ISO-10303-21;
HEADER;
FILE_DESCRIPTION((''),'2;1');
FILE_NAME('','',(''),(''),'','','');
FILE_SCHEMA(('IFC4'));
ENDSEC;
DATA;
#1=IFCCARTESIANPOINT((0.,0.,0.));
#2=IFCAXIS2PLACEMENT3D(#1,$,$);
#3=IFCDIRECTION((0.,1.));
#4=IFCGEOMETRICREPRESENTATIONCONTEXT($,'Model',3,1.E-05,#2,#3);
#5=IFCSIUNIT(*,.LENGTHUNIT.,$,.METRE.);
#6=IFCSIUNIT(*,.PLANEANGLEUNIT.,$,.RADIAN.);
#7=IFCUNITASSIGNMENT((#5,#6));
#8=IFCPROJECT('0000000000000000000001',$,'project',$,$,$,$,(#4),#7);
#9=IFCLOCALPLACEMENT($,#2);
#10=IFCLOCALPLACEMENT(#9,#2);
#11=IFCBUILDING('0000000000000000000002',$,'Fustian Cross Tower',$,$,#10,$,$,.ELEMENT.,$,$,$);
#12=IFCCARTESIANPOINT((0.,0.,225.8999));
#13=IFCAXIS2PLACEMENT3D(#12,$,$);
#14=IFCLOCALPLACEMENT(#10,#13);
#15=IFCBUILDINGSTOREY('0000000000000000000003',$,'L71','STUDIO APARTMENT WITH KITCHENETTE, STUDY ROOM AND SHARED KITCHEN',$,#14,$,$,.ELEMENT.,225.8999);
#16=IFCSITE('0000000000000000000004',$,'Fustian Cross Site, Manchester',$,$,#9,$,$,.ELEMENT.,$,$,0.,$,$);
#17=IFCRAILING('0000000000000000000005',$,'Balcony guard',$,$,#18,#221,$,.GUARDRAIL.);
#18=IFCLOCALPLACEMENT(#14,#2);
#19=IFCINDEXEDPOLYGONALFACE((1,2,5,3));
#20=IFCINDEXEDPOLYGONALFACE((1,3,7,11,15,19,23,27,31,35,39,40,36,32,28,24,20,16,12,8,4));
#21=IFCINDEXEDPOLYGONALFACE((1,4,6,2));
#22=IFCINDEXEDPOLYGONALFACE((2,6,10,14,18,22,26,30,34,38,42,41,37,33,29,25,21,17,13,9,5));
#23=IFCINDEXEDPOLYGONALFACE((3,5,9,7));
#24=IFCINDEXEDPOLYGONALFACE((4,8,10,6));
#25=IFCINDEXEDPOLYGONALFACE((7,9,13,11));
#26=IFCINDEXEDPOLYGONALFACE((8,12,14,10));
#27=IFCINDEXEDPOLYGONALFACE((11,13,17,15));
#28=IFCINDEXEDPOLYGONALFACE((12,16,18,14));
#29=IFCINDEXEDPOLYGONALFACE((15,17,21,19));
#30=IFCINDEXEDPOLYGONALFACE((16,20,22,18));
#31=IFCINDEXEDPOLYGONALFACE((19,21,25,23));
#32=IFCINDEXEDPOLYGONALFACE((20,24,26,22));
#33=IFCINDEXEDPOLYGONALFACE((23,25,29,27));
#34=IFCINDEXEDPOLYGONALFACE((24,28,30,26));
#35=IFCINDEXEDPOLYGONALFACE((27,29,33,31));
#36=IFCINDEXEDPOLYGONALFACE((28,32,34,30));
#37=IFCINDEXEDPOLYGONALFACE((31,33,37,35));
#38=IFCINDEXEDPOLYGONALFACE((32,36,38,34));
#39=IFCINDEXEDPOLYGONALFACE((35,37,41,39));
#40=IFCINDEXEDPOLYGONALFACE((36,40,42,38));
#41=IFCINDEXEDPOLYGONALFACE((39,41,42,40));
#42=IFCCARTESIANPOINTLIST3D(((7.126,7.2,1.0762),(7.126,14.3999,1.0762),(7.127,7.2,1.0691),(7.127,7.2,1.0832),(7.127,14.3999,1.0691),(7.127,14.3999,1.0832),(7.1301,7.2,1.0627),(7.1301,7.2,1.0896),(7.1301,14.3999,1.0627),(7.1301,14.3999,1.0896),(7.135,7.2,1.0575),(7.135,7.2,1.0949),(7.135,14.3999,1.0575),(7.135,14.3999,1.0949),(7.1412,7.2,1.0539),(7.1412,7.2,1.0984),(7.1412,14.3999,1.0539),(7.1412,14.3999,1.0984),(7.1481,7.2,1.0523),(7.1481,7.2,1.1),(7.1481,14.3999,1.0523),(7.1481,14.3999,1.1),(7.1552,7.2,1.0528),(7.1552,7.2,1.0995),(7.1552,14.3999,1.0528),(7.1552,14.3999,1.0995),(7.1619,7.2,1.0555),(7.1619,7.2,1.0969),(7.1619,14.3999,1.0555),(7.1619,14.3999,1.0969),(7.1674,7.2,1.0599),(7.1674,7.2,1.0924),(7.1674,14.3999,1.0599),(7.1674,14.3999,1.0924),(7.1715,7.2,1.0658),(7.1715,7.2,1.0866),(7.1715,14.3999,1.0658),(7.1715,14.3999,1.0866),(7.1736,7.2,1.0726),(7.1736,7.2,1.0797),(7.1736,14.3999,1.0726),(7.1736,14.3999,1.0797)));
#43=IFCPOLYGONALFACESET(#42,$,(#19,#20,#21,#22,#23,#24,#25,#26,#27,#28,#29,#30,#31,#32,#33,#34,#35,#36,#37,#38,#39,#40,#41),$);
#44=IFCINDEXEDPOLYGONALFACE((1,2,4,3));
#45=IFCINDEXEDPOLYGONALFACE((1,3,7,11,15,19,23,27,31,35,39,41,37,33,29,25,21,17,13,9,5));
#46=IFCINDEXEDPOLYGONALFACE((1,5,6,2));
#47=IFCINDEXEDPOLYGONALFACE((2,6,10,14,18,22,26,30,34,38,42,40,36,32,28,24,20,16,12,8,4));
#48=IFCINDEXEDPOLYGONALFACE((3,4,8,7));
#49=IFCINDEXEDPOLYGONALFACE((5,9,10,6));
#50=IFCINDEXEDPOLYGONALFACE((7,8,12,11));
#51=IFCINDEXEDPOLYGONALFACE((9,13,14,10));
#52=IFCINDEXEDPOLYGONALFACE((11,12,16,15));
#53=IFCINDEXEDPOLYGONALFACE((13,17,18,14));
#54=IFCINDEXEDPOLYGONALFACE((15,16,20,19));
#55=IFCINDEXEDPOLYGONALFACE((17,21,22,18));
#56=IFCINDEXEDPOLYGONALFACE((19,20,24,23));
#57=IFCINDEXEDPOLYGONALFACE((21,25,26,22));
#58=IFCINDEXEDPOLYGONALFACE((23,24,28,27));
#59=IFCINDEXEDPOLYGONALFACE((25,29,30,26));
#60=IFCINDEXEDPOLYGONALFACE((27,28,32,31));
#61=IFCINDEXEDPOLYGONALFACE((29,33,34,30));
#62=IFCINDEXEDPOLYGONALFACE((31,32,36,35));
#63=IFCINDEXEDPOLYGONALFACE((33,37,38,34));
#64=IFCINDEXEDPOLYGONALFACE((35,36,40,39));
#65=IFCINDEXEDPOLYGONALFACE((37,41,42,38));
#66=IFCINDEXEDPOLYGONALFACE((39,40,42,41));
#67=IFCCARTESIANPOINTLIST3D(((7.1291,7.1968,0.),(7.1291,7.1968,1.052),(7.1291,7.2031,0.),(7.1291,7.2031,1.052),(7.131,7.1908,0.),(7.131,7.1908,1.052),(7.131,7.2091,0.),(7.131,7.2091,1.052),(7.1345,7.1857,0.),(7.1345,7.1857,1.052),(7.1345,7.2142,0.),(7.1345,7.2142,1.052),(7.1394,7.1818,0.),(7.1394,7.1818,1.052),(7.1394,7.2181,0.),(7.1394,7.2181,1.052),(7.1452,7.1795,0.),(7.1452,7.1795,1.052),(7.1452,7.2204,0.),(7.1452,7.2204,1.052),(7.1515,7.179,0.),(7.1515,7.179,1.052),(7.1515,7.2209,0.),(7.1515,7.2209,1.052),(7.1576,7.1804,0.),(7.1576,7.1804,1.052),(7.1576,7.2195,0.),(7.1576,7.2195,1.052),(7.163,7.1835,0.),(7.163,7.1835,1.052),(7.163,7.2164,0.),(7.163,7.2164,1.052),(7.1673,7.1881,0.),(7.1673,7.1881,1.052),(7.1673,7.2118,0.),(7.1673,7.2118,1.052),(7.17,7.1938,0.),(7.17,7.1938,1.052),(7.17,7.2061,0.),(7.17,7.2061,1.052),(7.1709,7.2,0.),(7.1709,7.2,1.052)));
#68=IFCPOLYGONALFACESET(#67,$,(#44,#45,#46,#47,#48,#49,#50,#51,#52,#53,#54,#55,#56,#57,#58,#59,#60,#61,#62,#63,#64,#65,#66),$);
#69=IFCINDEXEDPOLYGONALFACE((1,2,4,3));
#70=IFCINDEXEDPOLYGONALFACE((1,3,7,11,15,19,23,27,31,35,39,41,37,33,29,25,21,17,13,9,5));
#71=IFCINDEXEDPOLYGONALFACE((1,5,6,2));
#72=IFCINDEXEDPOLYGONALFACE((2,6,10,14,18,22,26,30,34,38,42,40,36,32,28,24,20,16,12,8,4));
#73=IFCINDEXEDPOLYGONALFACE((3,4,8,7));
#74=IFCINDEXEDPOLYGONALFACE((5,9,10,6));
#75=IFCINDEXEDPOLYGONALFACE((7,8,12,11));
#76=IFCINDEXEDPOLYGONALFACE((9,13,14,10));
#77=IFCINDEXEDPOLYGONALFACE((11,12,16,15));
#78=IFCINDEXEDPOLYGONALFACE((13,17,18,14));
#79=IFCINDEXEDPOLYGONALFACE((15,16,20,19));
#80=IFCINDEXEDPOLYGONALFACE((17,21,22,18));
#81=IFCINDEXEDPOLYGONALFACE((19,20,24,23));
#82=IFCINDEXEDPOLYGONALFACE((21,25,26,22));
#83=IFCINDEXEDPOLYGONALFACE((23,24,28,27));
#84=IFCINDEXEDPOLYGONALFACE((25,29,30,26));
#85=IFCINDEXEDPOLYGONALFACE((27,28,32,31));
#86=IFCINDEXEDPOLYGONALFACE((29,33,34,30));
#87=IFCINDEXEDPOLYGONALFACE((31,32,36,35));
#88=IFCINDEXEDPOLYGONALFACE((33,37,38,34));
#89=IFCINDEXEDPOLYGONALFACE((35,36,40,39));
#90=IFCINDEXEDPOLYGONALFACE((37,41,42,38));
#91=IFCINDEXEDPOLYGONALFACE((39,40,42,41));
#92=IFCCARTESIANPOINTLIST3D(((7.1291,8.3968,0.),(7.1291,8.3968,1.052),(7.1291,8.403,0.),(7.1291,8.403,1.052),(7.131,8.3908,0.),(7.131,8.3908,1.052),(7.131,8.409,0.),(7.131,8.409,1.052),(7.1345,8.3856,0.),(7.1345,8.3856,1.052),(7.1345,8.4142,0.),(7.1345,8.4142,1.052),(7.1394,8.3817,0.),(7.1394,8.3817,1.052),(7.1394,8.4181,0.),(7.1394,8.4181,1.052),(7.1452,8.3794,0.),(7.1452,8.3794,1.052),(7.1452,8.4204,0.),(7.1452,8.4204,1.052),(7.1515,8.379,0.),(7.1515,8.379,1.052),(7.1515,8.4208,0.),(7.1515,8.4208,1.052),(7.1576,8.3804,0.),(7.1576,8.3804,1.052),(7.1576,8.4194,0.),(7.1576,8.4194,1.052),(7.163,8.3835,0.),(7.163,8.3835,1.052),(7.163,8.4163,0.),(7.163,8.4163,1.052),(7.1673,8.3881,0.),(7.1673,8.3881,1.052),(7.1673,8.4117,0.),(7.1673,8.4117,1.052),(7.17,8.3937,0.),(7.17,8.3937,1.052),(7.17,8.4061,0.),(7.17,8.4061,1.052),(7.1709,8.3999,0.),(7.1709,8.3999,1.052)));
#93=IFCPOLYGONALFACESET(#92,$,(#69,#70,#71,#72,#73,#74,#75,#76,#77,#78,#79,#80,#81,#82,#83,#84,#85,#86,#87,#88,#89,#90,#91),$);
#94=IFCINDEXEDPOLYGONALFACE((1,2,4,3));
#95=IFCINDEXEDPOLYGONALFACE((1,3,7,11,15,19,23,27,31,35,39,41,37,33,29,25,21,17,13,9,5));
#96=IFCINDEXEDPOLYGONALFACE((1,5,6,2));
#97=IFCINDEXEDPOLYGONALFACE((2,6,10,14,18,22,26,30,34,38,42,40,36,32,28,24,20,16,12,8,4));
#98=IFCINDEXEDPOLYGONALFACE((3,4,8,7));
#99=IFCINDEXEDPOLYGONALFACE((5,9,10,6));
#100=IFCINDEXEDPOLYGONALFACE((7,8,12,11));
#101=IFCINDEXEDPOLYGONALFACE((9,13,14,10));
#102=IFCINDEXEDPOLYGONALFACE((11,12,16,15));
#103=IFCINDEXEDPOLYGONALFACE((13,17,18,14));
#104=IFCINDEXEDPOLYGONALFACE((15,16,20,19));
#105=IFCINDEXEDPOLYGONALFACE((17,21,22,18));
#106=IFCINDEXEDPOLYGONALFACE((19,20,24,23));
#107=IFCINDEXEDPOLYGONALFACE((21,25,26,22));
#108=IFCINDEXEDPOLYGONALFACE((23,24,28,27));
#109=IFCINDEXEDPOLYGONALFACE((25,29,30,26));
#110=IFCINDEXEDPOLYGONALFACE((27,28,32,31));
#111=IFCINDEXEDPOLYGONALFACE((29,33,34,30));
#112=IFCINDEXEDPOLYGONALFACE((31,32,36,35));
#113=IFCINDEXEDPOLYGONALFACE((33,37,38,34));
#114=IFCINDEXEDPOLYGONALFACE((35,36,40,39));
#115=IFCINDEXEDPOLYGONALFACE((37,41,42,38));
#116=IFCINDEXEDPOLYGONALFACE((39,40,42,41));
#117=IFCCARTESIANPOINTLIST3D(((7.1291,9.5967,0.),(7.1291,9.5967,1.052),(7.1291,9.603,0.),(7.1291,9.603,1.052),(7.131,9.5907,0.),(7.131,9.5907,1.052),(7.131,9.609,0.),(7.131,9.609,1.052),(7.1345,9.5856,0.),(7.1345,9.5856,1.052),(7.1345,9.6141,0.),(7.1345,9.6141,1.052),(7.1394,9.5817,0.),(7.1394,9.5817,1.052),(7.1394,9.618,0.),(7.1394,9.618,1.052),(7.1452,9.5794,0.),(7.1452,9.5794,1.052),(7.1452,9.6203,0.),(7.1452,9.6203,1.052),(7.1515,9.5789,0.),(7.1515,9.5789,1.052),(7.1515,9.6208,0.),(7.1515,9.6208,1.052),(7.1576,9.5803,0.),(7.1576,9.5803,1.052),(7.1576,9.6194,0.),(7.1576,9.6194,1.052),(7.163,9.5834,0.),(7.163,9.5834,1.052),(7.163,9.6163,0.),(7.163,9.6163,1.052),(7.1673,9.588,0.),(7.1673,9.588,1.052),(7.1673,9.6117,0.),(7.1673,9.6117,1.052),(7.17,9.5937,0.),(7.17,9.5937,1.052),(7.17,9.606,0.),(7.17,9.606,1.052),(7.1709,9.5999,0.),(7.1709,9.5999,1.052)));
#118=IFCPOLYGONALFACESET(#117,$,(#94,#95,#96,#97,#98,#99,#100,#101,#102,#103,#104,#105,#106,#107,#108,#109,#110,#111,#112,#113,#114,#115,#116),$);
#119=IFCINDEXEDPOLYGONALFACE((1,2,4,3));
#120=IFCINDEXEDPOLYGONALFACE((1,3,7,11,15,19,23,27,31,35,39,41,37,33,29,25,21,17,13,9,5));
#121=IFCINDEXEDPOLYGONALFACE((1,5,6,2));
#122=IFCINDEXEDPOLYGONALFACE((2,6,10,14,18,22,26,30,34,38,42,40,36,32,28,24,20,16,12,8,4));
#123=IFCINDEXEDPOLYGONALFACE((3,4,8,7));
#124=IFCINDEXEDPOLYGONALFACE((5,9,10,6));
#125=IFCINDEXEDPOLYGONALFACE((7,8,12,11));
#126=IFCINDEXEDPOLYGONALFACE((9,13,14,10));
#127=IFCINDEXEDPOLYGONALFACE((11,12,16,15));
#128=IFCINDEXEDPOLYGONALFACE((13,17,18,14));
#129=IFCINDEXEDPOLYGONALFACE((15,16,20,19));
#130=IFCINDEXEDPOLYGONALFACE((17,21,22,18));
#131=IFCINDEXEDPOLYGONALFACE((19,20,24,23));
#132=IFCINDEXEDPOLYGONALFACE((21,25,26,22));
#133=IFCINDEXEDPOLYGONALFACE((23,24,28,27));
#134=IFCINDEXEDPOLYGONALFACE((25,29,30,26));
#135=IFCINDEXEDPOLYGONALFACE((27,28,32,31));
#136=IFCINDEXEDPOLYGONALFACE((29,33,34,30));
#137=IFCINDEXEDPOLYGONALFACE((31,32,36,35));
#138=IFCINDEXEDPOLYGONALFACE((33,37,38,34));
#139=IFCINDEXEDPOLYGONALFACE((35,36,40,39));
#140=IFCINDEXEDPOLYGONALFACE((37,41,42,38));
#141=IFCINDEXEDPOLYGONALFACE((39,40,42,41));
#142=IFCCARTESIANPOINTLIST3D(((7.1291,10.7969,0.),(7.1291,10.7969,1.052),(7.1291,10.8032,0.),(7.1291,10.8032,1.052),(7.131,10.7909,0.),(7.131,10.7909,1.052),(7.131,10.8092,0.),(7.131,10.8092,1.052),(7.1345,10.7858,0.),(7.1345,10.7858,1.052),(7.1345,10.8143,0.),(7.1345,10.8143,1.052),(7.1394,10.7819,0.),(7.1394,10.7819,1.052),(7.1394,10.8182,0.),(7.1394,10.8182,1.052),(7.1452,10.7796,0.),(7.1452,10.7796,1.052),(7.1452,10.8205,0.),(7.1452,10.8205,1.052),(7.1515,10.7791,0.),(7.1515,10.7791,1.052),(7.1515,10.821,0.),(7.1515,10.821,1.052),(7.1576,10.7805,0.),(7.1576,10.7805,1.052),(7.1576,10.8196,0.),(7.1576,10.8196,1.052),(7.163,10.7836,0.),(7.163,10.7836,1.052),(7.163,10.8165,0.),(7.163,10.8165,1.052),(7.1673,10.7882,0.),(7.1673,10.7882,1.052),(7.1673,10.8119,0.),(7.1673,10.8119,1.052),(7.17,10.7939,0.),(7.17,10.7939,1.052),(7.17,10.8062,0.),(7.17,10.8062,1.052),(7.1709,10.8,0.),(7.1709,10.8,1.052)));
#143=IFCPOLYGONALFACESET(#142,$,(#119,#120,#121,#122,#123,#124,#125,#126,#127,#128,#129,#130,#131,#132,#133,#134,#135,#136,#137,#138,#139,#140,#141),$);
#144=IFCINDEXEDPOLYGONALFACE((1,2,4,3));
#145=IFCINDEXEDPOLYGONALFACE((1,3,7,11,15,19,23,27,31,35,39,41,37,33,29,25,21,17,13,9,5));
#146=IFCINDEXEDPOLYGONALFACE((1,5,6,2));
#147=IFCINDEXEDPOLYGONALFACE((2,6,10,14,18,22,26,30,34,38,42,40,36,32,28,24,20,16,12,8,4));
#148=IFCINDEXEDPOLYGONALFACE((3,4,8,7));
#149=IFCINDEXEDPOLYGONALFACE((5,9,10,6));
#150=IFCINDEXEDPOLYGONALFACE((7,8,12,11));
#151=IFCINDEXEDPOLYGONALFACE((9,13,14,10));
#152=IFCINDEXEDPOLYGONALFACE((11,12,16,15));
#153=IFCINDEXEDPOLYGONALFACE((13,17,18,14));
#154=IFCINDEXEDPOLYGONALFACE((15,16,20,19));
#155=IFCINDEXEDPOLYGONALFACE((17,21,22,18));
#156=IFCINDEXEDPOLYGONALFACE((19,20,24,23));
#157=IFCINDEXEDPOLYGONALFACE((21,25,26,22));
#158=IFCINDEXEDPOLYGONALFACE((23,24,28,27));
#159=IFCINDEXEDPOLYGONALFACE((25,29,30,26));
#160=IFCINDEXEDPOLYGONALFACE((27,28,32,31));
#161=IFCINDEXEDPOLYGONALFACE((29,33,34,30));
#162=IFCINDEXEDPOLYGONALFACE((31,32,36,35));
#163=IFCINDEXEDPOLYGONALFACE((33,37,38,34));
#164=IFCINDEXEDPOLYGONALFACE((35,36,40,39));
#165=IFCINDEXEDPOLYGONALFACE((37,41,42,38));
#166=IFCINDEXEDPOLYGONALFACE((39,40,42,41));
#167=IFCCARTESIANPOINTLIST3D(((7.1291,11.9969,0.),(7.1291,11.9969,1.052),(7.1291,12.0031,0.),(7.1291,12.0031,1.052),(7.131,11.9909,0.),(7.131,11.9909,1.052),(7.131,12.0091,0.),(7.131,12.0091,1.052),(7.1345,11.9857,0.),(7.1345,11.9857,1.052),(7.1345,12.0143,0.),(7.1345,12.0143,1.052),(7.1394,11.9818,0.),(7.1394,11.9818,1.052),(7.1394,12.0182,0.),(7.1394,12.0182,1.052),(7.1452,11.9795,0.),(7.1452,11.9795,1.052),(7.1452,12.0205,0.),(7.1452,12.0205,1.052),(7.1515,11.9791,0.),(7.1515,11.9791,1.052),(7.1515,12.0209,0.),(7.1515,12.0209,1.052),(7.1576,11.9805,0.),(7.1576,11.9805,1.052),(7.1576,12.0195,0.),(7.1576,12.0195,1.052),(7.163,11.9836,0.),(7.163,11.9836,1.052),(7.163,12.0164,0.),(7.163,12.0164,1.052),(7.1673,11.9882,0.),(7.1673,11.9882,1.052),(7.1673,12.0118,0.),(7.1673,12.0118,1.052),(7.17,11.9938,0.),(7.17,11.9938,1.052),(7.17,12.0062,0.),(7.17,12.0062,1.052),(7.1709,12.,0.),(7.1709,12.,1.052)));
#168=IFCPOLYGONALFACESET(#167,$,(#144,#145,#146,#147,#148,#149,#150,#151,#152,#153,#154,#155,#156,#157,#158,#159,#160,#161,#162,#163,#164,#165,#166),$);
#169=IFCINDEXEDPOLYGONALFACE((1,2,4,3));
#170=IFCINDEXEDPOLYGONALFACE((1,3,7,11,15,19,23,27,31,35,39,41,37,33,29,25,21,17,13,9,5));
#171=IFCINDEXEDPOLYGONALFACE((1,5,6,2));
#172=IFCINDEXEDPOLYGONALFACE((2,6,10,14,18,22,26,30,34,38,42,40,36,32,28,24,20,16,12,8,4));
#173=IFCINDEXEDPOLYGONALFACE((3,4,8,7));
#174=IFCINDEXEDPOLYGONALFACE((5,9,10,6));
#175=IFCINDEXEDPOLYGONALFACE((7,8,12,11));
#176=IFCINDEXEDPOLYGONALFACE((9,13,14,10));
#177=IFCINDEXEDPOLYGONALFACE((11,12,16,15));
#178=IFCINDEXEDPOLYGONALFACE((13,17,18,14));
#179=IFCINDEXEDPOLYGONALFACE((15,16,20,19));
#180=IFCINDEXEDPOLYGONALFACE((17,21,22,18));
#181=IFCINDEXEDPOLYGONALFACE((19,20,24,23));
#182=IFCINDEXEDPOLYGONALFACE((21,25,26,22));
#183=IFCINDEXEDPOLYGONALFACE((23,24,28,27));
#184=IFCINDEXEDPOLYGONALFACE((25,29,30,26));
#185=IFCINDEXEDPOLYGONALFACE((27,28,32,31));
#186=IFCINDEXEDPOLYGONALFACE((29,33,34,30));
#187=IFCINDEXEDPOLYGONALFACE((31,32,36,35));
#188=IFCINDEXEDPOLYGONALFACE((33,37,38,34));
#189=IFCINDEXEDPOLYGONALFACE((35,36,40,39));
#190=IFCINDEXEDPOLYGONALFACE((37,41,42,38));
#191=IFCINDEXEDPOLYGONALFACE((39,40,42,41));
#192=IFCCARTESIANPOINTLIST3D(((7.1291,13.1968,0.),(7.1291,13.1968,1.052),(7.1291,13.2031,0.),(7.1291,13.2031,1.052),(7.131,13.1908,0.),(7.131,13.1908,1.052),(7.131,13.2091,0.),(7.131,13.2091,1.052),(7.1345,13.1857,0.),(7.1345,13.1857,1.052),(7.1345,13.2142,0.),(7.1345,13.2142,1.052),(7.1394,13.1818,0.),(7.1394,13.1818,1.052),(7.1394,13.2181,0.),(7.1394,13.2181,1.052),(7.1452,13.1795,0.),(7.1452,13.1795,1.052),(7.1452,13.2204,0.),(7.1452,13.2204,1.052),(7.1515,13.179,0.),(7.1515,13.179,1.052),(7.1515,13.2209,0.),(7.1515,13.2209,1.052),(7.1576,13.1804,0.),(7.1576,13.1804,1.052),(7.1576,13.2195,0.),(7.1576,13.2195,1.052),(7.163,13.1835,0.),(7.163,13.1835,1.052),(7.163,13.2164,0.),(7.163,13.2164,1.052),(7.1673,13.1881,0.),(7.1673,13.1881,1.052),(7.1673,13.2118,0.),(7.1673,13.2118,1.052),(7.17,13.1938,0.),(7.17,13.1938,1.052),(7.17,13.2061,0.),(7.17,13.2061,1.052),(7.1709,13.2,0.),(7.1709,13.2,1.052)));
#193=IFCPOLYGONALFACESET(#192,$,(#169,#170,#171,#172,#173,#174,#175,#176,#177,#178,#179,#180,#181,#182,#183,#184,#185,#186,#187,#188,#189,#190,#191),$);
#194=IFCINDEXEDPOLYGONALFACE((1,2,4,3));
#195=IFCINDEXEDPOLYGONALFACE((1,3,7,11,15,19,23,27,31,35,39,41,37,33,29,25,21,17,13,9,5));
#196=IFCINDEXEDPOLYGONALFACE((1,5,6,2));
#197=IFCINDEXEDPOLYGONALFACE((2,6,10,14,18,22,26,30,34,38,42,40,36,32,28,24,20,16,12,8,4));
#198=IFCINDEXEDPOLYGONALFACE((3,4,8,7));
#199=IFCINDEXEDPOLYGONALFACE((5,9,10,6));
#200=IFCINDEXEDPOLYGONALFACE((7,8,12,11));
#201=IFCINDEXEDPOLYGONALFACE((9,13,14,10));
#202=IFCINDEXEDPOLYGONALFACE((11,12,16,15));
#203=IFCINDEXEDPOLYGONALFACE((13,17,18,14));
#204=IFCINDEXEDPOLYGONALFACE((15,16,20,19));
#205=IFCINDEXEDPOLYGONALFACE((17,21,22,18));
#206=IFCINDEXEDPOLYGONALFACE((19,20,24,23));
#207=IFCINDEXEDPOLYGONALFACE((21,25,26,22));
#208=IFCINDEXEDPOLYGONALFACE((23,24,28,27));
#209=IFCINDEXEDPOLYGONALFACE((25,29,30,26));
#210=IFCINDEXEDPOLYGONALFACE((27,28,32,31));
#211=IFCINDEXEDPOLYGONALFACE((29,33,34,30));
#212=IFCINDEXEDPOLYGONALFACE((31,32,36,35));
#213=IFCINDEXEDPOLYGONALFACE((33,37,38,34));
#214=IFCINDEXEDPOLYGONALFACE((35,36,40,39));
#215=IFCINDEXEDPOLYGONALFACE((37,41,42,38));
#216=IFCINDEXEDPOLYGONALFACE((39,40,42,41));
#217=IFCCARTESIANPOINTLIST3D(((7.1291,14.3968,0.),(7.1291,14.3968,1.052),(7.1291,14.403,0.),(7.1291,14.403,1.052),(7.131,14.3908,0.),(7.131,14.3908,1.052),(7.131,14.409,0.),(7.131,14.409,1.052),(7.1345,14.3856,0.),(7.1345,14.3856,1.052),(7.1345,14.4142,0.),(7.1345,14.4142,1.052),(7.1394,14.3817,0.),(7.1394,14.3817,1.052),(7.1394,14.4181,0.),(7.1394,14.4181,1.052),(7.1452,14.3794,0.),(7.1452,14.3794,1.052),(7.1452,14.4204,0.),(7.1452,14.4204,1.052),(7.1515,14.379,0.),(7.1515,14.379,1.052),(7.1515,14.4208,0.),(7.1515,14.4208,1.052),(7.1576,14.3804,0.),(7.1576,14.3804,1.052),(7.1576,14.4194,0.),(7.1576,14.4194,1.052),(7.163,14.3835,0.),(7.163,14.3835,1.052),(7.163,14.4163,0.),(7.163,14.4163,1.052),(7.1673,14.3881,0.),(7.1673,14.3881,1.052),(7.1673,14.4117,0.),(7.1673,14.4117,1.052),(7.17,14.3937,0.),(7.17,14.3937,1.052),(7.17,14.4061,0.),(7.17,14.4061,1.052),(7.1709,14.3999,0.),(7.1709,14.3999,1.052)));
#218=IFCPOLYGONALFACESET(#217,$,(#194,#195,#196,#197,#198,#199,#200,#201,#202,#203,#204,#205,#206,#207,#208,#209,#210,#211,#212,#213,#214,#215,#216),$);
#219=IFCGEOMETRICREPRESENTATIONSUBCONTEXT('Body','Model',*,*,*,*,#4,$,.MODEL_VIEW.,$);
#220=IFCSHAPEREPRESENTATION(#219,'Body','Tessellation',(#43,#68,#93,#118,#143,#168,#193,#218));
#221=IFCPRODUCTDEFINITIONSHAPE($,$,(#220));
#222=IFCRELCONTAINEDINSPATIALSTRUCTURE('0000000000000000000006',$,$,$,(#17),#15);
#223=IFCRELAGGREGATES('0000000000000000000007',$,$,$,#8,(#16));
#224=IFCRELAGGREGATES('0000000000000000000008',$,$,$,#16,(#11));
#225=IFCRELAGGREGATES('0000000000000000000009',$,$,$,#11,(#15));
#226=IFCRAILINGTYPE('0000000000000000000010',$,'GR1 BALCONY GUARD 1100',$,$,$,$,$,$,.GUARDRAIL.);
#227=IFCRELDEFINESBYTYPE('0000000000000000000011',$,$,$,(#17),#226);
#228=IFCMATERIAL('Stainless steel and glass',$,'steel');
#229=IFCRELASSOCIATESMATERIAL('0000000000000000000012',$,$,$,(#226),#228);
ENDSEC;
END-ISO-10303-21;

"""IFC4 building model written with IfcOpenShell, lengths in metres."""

from ifc_helpers import new_model, si_unit, direction, frame, origin, origin_2d, place, context, subcontext, project, spatial, circle, extrude, material, type_object, element, save


model = new_model("IFC4")

# Units and contexts
model_context = context("Model", 3, precision=1e-05, world=origin(), true_north=direction((0.0, 1.0)))
body_context = subcontext(model_context, "Body", "Model", "MODEL_VIEW")
ifc_project = project(units=[si_unit("LENGTHUNIT", "METRE"), si_unit("PLANEANGLEUNIT", "RADIAN")], contexts=[model_context])

# Site, building, storey
site_placement = place(None, origin())
site = spatial("IfcSite", under=ifc_project, at=site_placement, Name="Fustian Cross Site, Manchester", CompositionType="ELEMENT", RefElevation=0.0)
building_placement = place(site_placement, origin())
building = spatial("IfcBuilding", under=site, at=building_placement, Name="Fustian Cross Tower", CompositionType="ELEMENT")
storey_placement = place(building_placement, frame((0.0, 0.0, 225.8999)))
storey = spatial("IfcBuildingStorey", under=building, at=storey_placement, Name="L71", Description="STUDIO APARTMENT WITH KITCHENETTE, STUDY ROOM AND SHARED KITCHEN", CompositionType="ELEMENT", Elevation=225.8999)

# Railing
ifc_material_1 = material(Name="Stainless steel and glass", Category="steel")
railing_type_1 = type_object("IfcRailingType", Name="GR1 BALCONY GUARD 1100", PredefinedType="GUARDRAIL", material=ifc_material_1)
railing_1_placement = place(storey_placement, frame((7.1499, 7.2, 0.0)))
element("IfcRailing", 1, at=railing_1_placement, inside=storey, type_object=railing_type_1, Name="Balcony guard", PredefinedType="GUARDRAIL", context=body_context, shape_type="SweptSolid", body=[
    extrude(circle(Radius=0.0239, at=origin_2d()), frame((0.0, 0.0, 1.0762), z_axis=(0.0, 1.0, 0.0), x_axis=(-1.0, 0.0, 0.0)), (0.0, 0.0, 1.0), 7.2),
    extrude(circle(Radius=0.021, at=origin_2d()), origin(), (0.0, 0.0, 1.0), 1.052),
    extrude(circle(Radius=0.021, at=origin_2d()), frame((0.0, 1.2, 0.0)), (0.0, 0.0, 1.0), 1.052),
    extrude(circle(Radius=0.021, at=origin_2d()), frame((0.0, 2.3999, 0.0)), (0.0, 0.0, 1.0), 1.052),
    extrude(circle(Radius=0.021, at=origin_2d()), frame((0.0, 3.6001, 0.0)), (0.0, 0.0, 1.0), 1.052),
    extrude(circle(Radius=0.021, at=origin_2d()), frame((0.0, 4.8, 0.0)), (0.0, 0.0, 1.0), 1.052),
    extrude(circle(Radius=0.021, at=origin_2d()), frame((0.0, 6.0, 0.0)), (0.0, 0.0, 1.0), 1.052),
    extrude(circle(Radius=0.021, at=origin_2d()), frame((0.0, 7.2, 0.0)), (0.0, 0.0, 1.0), 1.052),
])

save(model, "model.ifc")
